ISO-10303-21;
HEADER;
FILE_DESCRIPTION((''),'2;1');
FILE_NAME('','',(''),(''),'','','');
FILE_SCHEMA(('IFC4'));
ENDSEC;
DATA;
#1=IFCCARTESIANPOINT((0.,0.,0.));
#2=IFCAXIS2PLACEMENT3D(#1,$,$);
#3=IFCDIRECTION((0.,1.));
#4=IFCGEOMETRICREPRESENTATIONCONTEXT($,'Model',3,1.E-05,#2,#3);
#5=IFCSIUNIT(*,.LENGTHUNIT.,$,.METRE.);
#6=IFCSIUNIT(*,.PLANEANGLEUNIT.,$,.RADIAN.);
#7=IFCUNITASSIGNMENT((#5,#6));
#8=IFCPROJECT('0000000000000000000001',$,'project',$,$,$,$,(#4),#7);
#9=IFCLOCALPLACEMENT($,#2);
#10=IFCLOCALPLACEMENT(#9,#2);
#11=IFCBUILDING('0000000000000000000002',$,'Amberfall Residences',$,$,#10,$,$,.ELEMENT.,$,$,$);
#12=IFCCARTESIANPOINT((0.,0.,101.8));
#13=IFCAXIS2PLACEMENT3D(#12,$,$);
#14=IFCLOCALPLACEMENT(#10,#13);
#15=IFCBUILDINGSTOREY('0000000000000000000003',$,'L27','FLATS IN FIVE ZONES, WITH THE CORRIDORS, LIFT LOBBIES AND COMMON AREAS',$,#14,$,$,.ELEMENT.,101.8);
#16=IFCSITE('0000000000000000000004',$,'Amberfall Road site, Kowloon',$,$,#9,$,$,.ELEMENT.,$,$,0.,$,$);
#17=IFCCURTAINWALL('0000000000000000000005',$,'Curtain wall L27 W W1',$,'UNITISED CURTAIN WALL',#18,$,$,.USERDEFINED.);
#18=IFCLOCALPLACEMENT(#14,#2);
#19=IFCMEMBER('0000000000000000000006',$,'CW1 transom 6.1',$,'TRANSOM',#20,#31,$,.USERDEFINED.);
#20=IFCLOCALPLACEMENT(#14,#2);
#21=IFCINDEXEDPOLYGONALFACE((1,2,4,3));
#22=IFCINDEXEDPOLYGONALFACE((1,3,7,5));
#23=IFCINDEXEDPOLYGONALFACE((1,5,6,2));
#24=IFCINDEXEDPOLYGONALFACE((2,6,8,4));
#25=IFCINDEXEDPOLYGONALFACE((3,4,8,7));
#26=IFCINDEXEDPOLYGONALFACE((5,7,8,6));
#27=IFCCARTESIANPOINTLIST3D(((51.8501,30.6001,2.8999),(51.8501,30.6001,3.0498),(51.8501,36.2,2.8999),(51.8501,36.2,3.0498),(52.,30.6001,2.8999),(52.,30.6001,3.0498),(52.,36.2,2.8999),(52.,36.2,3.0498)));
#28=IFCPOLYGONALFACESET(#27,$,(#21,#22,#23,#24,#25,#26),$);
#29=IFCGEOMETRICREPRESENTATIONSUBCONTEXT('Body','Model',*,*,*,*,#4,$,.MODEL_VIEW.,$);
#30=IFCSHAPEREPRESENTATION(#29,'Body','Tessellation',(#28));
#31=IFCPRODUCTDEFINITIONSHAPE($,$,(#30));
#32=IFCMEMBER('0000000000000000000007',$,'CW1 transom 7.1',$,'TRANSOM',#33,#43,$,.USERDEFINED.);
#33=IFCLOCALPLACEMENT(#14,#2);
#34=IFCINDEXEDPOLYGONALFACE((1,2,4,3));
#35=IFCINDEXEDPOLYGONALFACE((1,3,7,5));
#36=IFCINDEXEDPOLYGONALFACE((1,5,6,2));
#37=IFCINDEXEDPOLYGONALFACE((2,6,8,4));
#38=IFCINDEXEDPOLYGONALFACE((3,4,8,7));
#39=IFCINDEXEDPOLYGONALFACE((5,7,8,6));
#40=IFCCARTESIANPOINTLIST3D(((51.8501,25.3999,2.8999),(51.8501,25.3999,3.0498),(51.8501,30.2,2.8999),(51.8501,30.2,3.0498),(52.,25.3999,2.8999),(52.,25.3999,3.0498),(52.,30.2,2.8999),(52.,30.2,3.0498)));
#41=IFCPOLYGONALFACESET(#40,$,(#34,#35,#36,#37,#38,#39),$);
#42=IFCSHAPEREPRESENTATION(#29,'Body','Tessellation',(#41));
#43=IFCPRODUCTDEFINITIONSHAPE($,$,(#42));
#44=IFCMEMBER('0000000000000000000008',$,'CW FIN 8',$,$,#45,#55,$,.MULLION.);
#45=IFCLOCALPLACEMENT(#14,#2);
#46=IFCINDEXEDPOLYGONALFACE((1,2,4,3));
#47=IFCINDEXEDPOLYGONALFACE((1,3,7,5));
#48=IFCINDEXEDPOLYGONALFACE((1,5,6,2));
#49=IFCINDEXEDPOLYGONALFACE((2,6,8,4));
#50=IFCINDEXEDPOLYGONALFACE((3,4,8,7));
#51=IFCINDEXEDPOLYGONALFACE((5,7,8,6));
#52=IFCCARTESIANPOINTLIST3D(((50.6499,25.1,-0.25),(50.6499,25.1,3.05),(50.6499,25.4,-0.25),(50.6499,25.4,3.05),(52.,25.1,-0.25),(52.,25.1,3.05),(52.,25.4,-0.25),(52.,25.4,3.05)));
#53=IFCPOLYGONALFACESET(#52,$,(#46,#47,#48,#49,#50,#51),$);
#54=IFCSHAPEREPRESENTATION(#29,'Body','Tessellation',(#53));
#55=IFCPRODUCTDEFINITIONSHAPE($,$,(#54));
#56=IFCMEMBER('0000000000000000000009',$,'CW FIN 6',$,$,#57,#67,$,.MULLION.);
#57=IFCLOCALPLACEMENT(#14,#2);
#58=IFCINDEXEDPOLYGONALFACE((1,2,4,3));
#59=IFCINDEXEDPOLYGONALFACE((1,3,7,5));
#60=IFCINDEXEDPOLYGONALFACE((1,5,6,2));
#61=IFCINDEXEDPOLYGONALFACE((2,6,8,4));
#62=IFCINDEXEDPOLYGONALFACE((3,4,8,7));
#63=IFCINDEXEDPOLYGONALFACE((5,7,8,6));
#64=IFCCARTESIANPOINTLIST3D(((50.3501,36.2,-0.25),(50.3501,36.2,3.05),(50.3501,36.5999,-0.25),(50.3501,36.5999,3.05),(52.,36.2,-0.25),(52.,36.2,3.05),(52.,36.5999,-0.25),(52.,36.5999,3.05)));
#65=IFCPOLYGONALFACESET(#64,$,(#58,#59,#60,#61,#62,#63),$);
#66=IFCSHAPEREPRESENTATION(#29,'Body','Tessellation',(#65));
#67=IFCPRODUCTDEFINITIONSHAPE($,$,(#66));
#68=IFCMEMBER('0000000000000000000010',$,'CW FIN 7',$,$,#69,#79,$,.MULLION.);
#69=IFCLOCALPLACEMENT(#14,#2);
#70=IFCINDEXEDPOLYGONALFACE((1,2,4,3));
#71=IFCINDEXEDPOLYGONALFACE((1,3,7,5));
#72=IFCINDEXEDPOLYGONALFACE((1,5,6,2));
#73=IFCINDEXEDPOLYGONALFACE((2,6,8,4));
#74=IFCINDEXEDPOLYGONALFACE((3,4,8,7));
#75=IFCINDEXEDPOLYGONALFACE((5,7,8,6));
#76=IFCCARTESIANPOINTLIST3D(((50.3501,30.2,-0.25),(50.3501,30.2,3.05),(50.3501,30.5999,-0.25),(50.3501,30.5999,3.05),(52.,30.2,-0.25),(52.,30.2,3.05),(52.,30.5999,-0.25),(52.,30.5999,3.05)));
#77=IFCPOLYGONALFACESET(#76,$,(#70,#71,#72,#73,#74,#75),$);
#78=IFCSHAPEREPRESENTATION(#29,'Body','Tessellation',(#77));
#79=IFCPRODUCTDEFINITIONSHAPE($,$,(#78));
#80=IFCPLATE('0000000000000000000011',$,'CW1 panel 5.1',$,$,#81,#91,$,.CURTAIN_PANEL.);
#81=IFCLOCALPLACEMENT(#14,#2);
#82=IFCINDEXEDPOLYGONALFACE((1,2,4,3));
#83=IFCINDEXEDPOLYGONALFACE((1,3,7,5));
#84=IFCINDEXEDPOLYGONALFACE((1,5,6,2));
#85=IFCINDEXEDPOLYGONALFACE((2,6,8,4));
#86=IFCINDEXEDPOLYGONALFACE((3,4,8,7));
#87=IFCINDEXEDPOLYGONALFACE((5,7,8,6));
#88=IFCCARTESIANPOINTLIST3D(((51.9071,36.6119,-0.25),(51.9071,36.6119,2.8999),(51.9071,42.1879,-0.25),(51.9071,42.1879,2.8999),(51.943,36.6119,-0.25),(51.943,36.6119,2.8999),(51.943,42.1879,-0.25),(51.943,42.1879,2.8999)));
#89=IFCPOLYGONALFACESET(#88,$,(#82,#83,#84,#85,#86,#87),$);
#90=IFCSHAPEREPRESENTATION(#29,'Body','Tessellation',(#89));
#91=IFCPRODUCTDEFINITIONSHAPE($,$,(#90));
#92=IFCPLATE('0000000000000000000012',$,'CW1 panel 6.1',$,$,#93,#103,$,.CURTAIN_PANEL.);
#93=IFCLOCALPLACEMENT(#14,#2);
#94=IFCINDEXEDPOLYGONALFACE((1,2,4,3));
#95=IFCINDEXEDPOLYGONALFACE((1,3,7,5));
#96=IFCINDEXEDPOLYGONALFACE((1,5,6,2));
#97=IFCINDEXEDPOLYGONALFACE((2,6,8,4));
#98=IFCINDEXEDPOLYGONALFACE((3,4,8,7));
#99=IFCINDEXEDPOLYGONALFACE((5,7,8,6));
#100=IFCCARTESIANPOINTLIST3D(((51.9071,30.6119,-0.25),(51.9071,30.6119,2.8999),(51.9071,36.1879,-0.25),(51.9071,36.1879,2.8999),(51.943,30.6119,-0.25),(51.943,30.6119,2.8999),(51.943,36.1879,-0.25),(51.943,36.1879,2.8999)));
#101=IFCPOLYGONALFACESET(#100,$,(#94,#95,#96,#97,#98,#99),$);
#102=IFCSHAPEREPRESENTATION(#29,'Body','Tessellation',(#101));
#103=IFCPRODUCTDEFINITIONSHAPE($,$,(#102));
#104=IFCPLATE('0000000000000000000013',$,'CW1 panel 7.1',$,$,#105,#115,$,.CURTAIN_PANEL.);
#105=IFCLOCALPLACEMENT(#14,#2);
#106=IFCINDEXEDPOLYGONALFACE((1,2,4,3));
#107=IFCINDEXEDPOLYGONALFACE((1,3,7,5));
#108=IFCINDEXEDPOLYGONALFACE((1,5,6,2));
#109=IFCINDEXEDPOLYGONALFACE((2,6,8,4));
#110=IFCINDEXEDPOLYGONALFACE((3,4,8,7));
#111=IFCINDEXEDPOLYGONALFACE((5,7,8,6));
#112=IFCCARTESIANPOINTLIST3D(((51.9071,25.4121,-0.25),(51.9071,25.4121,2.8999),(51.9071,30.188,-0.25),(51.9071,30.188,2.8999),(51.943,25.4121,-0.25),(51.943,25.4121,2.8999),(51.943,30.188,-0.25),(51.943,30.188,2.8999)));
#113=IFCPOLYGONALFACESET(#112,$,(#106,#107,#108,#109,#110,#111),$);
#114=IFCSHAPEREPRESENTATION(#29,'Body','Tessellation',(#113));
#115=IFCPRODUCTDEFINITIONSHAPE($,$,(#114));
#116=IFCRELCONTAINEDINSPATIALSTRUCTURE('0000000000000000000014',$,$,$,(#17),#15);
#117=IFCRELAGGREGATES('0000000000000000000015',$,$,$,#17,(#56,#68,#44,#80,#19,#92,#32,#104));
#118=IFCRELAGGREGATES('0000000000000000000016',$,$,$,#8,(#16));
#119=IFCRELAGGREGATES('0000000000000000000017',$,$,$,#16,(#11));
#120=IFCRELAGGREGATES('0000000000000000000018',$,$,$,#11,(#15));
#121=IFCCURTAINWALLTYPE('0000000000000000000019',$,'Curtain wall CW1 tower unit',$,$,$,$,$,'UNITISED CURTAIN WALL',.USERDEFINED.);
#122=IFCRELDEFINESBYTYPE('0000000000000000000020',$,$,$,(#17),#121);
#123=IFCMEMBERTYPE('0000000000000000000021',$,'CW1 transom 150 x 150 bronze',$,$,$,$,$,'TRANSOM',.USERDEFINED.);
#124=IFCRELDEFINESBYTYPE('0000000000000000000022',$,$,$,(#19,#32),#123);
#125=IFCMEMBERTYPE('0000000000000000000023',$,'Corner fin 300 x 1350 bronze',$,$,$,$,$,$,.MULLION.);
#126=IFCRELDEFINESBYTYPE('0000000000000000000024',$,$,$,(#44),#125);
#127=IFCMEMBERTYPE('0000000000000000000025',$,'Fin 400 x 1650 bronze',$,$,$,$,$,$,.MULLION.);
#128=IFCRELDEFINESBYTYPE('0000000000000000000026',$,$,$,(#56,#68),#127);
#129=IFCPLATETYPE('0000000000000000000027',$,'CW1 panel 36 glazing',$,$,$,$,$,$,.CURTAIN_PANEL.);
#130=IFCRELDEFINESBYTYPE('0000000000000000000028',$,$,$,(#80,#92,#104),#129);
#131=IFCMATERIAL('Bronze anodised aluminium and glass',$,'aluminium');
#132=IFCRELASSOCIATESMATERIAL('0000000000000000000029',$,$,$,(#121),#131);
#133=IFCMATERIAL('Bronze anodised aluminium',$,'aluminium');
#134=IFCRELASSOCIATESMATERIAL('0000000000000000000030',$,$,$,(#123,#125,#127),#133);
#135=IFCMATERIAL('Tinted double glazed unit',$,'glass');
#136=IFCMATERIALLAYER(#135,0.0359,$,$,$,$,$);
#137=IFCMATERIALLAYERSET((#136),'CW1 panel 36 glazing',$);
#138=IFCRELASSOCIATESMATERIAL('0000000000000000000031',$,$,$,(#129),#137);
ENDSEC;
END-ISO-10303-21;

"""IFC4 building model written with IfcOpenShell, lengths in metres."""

from ifc_helpers import new_model, si_unit, direction, frame, origin, origin_2d, place, context, subcontext, project, spatial, rectangle, extrude, material, layer, layer_set, material_profile, profile_set, type_object, element, aggregate, save


model = new_model("IFC4")

# Units and contexts
model_context = context("Model", 3, precision=1e-05, world=origin(), true_north=direction((0.0, 1.0)))
body_context = subcontext(model_context, "Body", "Model", "MODEL_VIEW")
ifc_project = project(units=[si_unit("LENGTHUNIT", "METRE"), si_unit("PLANEANGLEUNIT", "RADIAN")], contexts=[model_context])

# Site, building, storey
site_placement = place(None, origin())
site = spatial("IfcSite", under=ifc_project, at=site_placement, Name="Amberfall Road site, Kowloon", CompositionType="ELEMENT", RefElevation=0.0)
building_placement = place(site_placement, origin())
building = spatial("IfcBuilding", under=site, at=building_placement, Name="Amberfall Residences", CompositionType="ELEMENT")
storey_placement = place(building_placement, frame((0.0, 0.0, 101.8)))
storey = spatial("IfcBuildingStorey", under=building, at=storey_placement, Name="L27", Description="FLATS IN FIVE ZONES, WITH THE CORRIDORS, LIFT LOBBIES AND COMMON AREAS", CompositionType="ELEMENT", Elevation=101.8)

# Curtain wall, members, plates
ifc_material_1 = material(Name="Bronze anodised aluminium and glass", Category="aluminium")
curtain_wall_type = type_object("IfcCurtainWallType", Name="Curtain wall CW1 tower unit", ElementType="UNITISED CURTAIN WALL", PredefinedType="USERDEFINED", material=ifc_material_1)
curtain_wall_placement = place(storey_placement, origin())
curtain_wall = element("IfcCurtainWall", 1, at=curtain_wall_placement, inside=storey, type_object=curtain_wall_type, Name="Curtain wall L27 W W1", ObjectType="UNITISED CURTAIN WALL", PredefinedType="USERDEFINED")
ifc_material_2 = material(Name="Bronze anodised aluminium", Category="aluminium")
ifc_material_profile_1 = material_profile(ifc_material_2, rectangle(XDim=0.1499, YDim=0.1499, at=origin_2d()), Name="CW1 transom 150 x 150 bronze")
ifc_profile_set_1 = profile_set([ifc_material_profile_1], Name="Bronze anodised aluminium")
member_type_1 = type_object("IfcMemberType", Name="CW1 transom 150 x 150 bronze", ElementType="TRANSOM", PredefinedType="USERDEFINED", material=ifc_profile_set_1)
member_1_placement = place(storey_placement, frame((51.925, 36.2, 2.9749), z_axis=(0.0, -1.0, 0.0), x_axis=(1.0, 0.0, 0.0)))
member_1 = element("IfcMember", 2, at=member_1_placement, type_object=member_type_1, Name="CW1 transom 6.1", ObjectType="TRANSOM", PredefinedType="USERDEFINED", context=body_context, shape_type="SweptSolid", body=[
    extrude(rectangle(XDim=0.1499, YDim=0.1499, at=origin_2d()), origin(), (0.0, 0.0, 1.0), 5.5999),
])
member_2_placement = place(storey_placement, frame((51.925, 30.2, 2.9749), z_axis=(0.0, -1.0, 0.0), x_axis=(1.0, 0.0, 0.0)))
member_2 = element("IfcMember", 3, at=member_2_placement, type_object=member_type_1, Name="CW1 transom 7.1", ObjectType="TRANSOM", PredefinedType="USERDEFINED", context=body_context, shape_type="SweptSolid", body=[
    extrude(rectangle(XDim=0.1499, YDim=0.1499, at=origin_2d()), origin(), (0.0, 0.0, 1.0), 4.8),
])
ifc_material_profile_2 = material_profile(ifc_material_2, rectangle(XDim=1.3501, YDim=0.3, at=origin_2d()), Name="Corner fin 300 x 1350 bronze")
ifc_profile_set_2 = profile_set([ifc_material_profile_2], Name="Bronze anodised aluminium")
member_type_2 = type_object("IfcMemberType", Name="Corner fin 300 x 1350 bronze", PredefinedType="MULLION", material=ifc_profile_set_2)
member_3_placement = place(storey_placement, frame((51.325, 25.25, -0.25), z_axis=(0.0, 0.0, 1.0), x_axis=(1.0, 0.0, 0.0)))
member_3 = element("IfcMember", 4, at=member_3_placement, type_object=member_type_2, Name="CW FIN 8", PredefinedType="MULLION", context=body_context, shape_type="SweptSolid", body=[
    extrude(rectangle(XDim=1.3501, YDim=0.3, at=origin_2d()), origin(), (0.0, 0.0, 1.0), 3.3),
])
ifc_material_profile_3 = material_profile(ifc_material_2, rectangle(XDim=1.6499, YDim=0.3999, at=origin_2d()), Name="Fin 400 x 1650 bronze")
ifc_profile_set_3 = profile_set([ifc_material_profile_3], Name="Bronze anodised aluminium")
member_type_3 = type_object("IfcMemberType", Name="Fin 400 x 1650 bronze", PredefinedType="MULLION", material=ifc_profile_set_3)
member_4_placement = place(storey_placement, frame((51.175, 36.3999, -0.25), z_axis=(0.0, 0.0, 1.0), x_axis=(1.0, 0.0, 0.0)))
member_4 = element("IfcMember", 5, at=member_4_placement, type_object=member_type_3, Name="CW FIN 6", PredefinedType="MULLION", context=body_context, shape_type="SweptSolid", body=[
    extrude(rectangle(XDim=1.6499, YDim=0.3999, at=origin_2d()), origin(), (0.0, 0.0, 1.0), 3.3),
])
member_5_placement = place(storey_placement, frame((51.175, 30.3999, -0.25), z_axis=(0.0, 0.0, 1.0), x_axis=(1.0, 0.0, 0.0)))
member_5 = element("IfcMember", 6, at=member_5_placement, type_object=member_type_3, Name="CW FIN 7", PredefinedType="MULLION", context=body_context, shape_type="SweptSolid", body=[
    extrude(rectangle(XDim=1.6499, YDim=0.3999, at=origin_2d()), origin(), (0.0, 0.0, 1.0), 3.3),
])
ifc_material_3 = material(Name="Tinted double glazed unit", Category="glass")
ifc_layer_1 = layer(ifc_material_3, 0.0359)
ifc_layer_set_1 = layer_set([ifc_layer_1], Name="CW1 panel 36 glazing")
plate_type = type_object("IfcPlateType", Name="CW1 panel 36 glazing", PredefinedType="CURTAIN_PANEL", material=ifc_layer_set_1)
plate_1_placement = place(storey_placement, frame((51.925, 39.3999, -0.25), z_axis=(0.0, 0.0, 1.0), x_axis=(0.0, -1.0, 0.0)))
plate_1 = element("IfcPlate", 7, at=plate_1_placement, type_object=plate_type, Name="CW1 panel 5.1", PredefinedType="CURTAIN_PANEL", context=body_context, shape_type="SweptSolid", body=[
    extrude(rectangle(XDim=5.5759, YDim=0.0359, at=origin_2d()), origin(), (0.0, 0.0, 1.0), 3.1499),
])
plate_2_placement = place(storey_placement, frame((51.925, 33.3999, -0.25), z_axis=(0.0, 0.0, 1.0), x_axis=(0.0, -1.0, 0.0)))
plate_2 = element("IfcPlate", 8, at=plate_2_placement, type_object=plate_type, Name="CW1 panel 6.1", PredefinedType="CURTAIN_PANEL", context=body_context, shape_type="SweptSolid", body=[
    extrude(rectangle(XDim=5.5759, YDim=0.0359, at=origin_2d()), origin(), (0.0, 0.0, 1.0), 3.1499),
])
plate_3_placement = place(storey_placement, frame((51.925, 27.8, -0.25), z_axis=(0.0, 0.0, 1.0), x_axis=(0.0, -1.0, 0.0)))
plate_3 = element("IfcPlate", 9, at=plate_3_placement, type_object=plate_type, Name="CW1 panel 7.1", PredefinedType="CURTAIN_PANEL", context=body_context, shape_type="SweptSolid", body=[
    extrude(rectangle(XDim=4.7759, YDim=0.0359, at=origin_2d()), origin(), (0.0, 0.0, 1.0), 3.1499),
])
aggregate(curtain_wall, [member_4, member_5, member_3, plate_1, member_1, plate_2, member_2, plate_3])

save(model, "model.ifc")
